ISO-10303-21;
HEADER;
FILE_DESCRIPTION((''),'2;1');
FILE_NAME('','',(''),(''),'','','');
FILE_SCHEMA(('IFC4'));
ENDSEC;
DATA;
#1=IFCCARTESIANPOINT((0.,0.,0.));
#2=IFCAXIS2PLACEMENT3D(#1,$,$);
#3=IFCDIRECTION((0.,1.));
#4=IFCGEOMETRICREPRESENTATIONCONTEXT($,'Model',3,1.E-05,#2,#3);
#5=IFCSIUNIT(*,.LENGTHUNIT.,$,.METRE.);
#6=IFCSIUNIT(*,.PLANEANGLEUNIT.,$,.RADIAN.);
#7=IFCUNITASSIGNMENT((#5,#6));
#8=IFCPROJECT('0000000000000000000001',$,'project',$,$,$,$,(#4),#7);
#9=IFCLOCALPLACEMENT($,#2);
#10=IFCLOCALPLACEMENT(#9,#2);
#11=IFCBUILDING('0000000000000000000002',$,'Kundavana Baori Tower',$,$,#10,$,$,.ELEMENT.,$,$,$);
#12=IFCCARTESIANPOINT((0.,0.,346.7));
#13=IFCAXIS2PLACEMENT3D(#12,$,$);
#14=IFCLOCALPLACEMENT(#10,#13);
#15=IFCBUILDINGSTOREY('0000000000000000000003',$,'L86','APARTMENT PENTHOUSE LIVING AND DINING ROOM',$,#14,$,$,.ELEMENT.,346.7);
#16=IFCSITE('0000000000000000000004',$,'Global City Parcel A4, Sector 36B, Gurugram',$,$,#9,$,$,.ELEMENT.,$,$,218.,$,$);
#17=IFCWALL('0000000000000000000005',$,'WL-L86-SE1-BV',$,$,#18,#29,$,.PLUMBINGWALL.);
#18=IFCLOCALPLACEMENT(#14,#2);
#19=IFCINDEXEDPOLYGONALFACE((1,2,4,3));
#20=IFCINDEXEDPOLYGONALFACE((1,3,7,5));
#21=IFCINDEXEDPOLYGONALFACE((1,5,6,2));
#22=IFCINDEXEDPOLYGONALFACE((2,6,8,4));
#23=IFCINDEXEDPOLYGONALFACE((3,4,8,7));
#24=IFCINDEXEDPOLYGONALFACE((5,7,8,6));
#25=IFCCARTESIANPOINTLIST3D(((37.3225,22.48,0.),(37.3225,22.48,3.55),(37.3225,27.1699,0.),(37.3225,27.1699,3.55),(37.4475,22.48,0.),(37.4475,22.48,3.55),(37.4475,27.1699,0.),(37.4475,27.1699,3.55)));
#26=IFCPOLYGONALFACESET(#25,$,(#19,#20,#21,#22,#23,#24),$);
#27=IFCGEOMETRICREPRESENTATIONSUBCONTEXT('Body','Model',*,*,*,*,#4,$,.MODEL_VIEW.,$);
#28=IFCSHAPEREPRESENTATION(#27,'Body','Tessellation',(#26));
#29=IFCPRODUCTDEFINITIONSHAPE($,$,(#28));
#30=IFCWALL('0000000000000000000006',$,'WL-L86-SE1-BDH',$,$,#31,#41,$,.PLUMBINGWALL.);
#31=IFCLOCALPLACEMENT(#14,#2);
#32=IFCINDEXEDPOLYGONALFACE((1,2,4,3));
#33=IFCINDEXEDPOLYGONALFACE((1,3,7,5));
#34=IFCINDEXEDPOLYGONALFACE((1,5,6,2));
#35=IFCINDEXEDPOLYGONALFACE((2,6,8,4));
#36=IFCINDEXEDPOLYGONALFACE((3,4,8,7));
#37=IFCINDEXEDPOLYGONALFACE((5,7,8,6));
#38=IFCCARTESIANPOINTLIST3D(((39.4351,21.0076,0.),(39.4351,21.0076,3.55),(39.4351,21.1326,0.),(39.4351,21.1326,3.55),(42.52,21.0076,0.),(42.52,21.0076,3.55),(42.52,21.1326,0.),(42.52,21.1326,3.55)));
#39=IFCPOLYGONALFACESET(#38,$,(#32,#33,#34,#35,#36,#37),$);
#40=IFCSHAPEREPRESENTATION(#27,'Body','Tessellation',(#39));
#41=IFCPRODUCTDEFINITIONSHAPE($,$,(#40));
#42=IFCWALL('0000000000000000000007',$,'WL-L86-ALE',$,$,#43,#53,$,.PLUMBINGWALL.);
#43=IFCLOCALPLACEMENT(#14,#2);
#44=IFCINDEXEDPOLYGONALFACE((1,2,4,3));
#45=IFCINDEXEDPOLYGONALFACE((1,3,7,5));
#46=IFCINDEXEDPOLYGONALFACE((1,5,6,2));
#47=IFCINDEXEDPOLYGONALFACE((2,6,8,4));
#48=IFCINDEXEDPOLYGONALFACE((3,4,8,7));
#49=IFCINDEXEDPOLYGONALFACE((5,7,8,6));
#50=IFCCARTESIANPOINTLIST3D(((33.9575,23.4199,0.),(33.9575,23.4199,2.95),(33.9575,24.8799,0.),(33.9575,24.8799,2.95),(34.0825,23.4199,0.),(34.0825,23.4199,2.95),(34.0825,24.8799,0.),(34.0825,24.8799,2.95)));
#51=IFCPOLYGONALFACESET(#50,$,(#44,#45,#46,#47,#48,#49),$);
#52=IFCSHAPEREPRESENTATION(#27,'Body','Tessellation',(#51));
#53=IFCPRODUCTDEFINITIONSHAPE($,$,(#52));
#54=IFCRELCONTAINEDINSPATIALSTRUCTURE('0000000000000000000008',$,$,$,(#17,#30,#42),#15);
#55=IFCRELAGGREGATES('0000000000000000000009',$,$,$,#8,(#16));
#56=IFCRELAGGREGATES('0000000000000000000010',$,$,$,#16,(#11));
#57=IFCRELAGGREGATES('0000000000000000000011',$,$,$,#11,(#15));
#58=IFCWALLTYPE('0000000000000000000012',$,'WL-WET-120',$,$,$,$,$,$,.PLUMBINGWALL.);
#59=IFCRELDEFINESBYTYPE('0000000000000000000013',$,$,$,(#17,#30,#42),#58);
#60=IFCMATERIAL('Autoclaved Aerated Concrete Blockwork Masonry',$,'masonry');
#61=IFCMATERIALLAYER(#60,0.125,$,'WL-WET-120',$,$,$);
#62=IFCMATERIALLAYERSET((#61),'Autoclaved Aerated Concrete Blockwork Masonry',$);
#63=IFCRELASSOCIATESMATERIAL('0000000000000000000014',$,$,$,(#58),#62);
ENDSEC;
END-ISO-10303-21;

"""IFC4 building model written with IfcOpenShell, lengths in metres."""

from ifc_helpers import new_model, si_unit, direction, frame, frame_2d, origin, place, context, subcontext, project, spatial, rectangle, extrude, material, layer, layer_set, type_object, element, save


model = new_model("IFC4")

# Units and contexts
model_context = context("Model", 3, precision=1e-05, world=origin(), true_north=direction((0.0, 1.0)))
body_context = subcontext(model_context, "Body", "Model", "MODEL_VIEW")
ifc_project = project(units=[si_unit("LENGTHUNIT", "METRE"), si_unit("PLANEANGLEUNIT", "RADIAN")], contexts=[model_context])

# Site, building, storey
site_placement = place(None, origin())
site = spatial("IfcSite", under=ifc_project, at=site_placement, Name="Global City Parcel A4, Sector 36B, Gurugram", CompositionType="ELEMENT", RefElevation=218.0)
building_placement = place(site_placement, origin())
building = spatial("IfcBuilding", under=site, at=building_placement, Name="Kundavana Baori Tower", CompositionType="ELEMENT")
storey_placement = place(building_placement, frame((0.0, 0.0, 346.7)))
storey = spatial("IfcBuildingStorey", under=building, at=storey_placement, Name="L86", Description="APARTMENT PENTHOUSE LIVING AND DINING ROOM", CompositionType="ELEMENT", Elevation=346.7)

# Shared definitions
ifc_material_1 = material(Name="Autoclaved Aerated Concrete Blockwork Masonry", Category="masonry")
ifc_layer = layer(ifc_material_1, 0.125, Name="WL-WET-120")
ifc_layer_set = layer_set([ifc_layer], Name="Autoclaved Aerated Concrete Blockwork Masonry")
wall_type = type_object("IfcWallType", Name="WL-WET-120", PredefinedType="PLUMBINGWALL", material=ifc_layer_set)

# Walls
wall_1_placement = place(storey_placement, frame((37.385, 22.48, 0.0), z_axis=(0.0, 0.0, 1.0), x_axis=(0.0, 1.0, 0.0)))
element("IfcWall", 1, at=wall_1_placement, inside=storey, type_object=wall_type, Name="WL-L86-SE1-BV", PredefinedType="PLUMBINGWALL", context=body_context, shape_type="SweptSolid", body=[
    extrude(rectangle(XDim=4.6899, YDim=0.125, at=frame_2d((2.345, 0.0))), origin(), (0.0, 0.0, 1.0), 3.55),
])
wall_2_placement = place(storey_placement, frame((39.4351, 21.0701, 0.0), z_axis=(0.0, 0.0, 1.0), x_axis=(1.0, 0.0, 0.0)))
element("IfcWall", 2, at=wall_2_placement, inside=storey, type_object=wall_type, Name="WL-L86-SE1-BDH", PredefinedType="PLUMBINGWALL", context=body_context, shape_type="SweptSolid", body=[
    extrude(rectangle(XDim=3.085, YDim=0.125, at=frame_2d((1.5425, 0.0))), origin(), (0.0, 0.0, 1.0), 3.55),
])
wall_3_placement = place(storey_placement, frame((34.02, 23.4199, 0.0), z_axis=(0.0, 0.0, 1.0), x_axis=(0.0, 1.0, 0.0)))
element("IfcWall", 3, at=wall_3_placement, inside=storey, type_object=wall_type, Name="WL-L86-ALE", PredefinedType="PLUMBINGWALL", context=body_context, shape_type="SweptSolid", body=[
    extrude(rectangle(XDim=1.46, YDim=0.125, at=frame_2d((0.73, 0.0))), origin(), (0.0, 0.0, 1.0), 2.95),
])

save(model, "model.ifc")
